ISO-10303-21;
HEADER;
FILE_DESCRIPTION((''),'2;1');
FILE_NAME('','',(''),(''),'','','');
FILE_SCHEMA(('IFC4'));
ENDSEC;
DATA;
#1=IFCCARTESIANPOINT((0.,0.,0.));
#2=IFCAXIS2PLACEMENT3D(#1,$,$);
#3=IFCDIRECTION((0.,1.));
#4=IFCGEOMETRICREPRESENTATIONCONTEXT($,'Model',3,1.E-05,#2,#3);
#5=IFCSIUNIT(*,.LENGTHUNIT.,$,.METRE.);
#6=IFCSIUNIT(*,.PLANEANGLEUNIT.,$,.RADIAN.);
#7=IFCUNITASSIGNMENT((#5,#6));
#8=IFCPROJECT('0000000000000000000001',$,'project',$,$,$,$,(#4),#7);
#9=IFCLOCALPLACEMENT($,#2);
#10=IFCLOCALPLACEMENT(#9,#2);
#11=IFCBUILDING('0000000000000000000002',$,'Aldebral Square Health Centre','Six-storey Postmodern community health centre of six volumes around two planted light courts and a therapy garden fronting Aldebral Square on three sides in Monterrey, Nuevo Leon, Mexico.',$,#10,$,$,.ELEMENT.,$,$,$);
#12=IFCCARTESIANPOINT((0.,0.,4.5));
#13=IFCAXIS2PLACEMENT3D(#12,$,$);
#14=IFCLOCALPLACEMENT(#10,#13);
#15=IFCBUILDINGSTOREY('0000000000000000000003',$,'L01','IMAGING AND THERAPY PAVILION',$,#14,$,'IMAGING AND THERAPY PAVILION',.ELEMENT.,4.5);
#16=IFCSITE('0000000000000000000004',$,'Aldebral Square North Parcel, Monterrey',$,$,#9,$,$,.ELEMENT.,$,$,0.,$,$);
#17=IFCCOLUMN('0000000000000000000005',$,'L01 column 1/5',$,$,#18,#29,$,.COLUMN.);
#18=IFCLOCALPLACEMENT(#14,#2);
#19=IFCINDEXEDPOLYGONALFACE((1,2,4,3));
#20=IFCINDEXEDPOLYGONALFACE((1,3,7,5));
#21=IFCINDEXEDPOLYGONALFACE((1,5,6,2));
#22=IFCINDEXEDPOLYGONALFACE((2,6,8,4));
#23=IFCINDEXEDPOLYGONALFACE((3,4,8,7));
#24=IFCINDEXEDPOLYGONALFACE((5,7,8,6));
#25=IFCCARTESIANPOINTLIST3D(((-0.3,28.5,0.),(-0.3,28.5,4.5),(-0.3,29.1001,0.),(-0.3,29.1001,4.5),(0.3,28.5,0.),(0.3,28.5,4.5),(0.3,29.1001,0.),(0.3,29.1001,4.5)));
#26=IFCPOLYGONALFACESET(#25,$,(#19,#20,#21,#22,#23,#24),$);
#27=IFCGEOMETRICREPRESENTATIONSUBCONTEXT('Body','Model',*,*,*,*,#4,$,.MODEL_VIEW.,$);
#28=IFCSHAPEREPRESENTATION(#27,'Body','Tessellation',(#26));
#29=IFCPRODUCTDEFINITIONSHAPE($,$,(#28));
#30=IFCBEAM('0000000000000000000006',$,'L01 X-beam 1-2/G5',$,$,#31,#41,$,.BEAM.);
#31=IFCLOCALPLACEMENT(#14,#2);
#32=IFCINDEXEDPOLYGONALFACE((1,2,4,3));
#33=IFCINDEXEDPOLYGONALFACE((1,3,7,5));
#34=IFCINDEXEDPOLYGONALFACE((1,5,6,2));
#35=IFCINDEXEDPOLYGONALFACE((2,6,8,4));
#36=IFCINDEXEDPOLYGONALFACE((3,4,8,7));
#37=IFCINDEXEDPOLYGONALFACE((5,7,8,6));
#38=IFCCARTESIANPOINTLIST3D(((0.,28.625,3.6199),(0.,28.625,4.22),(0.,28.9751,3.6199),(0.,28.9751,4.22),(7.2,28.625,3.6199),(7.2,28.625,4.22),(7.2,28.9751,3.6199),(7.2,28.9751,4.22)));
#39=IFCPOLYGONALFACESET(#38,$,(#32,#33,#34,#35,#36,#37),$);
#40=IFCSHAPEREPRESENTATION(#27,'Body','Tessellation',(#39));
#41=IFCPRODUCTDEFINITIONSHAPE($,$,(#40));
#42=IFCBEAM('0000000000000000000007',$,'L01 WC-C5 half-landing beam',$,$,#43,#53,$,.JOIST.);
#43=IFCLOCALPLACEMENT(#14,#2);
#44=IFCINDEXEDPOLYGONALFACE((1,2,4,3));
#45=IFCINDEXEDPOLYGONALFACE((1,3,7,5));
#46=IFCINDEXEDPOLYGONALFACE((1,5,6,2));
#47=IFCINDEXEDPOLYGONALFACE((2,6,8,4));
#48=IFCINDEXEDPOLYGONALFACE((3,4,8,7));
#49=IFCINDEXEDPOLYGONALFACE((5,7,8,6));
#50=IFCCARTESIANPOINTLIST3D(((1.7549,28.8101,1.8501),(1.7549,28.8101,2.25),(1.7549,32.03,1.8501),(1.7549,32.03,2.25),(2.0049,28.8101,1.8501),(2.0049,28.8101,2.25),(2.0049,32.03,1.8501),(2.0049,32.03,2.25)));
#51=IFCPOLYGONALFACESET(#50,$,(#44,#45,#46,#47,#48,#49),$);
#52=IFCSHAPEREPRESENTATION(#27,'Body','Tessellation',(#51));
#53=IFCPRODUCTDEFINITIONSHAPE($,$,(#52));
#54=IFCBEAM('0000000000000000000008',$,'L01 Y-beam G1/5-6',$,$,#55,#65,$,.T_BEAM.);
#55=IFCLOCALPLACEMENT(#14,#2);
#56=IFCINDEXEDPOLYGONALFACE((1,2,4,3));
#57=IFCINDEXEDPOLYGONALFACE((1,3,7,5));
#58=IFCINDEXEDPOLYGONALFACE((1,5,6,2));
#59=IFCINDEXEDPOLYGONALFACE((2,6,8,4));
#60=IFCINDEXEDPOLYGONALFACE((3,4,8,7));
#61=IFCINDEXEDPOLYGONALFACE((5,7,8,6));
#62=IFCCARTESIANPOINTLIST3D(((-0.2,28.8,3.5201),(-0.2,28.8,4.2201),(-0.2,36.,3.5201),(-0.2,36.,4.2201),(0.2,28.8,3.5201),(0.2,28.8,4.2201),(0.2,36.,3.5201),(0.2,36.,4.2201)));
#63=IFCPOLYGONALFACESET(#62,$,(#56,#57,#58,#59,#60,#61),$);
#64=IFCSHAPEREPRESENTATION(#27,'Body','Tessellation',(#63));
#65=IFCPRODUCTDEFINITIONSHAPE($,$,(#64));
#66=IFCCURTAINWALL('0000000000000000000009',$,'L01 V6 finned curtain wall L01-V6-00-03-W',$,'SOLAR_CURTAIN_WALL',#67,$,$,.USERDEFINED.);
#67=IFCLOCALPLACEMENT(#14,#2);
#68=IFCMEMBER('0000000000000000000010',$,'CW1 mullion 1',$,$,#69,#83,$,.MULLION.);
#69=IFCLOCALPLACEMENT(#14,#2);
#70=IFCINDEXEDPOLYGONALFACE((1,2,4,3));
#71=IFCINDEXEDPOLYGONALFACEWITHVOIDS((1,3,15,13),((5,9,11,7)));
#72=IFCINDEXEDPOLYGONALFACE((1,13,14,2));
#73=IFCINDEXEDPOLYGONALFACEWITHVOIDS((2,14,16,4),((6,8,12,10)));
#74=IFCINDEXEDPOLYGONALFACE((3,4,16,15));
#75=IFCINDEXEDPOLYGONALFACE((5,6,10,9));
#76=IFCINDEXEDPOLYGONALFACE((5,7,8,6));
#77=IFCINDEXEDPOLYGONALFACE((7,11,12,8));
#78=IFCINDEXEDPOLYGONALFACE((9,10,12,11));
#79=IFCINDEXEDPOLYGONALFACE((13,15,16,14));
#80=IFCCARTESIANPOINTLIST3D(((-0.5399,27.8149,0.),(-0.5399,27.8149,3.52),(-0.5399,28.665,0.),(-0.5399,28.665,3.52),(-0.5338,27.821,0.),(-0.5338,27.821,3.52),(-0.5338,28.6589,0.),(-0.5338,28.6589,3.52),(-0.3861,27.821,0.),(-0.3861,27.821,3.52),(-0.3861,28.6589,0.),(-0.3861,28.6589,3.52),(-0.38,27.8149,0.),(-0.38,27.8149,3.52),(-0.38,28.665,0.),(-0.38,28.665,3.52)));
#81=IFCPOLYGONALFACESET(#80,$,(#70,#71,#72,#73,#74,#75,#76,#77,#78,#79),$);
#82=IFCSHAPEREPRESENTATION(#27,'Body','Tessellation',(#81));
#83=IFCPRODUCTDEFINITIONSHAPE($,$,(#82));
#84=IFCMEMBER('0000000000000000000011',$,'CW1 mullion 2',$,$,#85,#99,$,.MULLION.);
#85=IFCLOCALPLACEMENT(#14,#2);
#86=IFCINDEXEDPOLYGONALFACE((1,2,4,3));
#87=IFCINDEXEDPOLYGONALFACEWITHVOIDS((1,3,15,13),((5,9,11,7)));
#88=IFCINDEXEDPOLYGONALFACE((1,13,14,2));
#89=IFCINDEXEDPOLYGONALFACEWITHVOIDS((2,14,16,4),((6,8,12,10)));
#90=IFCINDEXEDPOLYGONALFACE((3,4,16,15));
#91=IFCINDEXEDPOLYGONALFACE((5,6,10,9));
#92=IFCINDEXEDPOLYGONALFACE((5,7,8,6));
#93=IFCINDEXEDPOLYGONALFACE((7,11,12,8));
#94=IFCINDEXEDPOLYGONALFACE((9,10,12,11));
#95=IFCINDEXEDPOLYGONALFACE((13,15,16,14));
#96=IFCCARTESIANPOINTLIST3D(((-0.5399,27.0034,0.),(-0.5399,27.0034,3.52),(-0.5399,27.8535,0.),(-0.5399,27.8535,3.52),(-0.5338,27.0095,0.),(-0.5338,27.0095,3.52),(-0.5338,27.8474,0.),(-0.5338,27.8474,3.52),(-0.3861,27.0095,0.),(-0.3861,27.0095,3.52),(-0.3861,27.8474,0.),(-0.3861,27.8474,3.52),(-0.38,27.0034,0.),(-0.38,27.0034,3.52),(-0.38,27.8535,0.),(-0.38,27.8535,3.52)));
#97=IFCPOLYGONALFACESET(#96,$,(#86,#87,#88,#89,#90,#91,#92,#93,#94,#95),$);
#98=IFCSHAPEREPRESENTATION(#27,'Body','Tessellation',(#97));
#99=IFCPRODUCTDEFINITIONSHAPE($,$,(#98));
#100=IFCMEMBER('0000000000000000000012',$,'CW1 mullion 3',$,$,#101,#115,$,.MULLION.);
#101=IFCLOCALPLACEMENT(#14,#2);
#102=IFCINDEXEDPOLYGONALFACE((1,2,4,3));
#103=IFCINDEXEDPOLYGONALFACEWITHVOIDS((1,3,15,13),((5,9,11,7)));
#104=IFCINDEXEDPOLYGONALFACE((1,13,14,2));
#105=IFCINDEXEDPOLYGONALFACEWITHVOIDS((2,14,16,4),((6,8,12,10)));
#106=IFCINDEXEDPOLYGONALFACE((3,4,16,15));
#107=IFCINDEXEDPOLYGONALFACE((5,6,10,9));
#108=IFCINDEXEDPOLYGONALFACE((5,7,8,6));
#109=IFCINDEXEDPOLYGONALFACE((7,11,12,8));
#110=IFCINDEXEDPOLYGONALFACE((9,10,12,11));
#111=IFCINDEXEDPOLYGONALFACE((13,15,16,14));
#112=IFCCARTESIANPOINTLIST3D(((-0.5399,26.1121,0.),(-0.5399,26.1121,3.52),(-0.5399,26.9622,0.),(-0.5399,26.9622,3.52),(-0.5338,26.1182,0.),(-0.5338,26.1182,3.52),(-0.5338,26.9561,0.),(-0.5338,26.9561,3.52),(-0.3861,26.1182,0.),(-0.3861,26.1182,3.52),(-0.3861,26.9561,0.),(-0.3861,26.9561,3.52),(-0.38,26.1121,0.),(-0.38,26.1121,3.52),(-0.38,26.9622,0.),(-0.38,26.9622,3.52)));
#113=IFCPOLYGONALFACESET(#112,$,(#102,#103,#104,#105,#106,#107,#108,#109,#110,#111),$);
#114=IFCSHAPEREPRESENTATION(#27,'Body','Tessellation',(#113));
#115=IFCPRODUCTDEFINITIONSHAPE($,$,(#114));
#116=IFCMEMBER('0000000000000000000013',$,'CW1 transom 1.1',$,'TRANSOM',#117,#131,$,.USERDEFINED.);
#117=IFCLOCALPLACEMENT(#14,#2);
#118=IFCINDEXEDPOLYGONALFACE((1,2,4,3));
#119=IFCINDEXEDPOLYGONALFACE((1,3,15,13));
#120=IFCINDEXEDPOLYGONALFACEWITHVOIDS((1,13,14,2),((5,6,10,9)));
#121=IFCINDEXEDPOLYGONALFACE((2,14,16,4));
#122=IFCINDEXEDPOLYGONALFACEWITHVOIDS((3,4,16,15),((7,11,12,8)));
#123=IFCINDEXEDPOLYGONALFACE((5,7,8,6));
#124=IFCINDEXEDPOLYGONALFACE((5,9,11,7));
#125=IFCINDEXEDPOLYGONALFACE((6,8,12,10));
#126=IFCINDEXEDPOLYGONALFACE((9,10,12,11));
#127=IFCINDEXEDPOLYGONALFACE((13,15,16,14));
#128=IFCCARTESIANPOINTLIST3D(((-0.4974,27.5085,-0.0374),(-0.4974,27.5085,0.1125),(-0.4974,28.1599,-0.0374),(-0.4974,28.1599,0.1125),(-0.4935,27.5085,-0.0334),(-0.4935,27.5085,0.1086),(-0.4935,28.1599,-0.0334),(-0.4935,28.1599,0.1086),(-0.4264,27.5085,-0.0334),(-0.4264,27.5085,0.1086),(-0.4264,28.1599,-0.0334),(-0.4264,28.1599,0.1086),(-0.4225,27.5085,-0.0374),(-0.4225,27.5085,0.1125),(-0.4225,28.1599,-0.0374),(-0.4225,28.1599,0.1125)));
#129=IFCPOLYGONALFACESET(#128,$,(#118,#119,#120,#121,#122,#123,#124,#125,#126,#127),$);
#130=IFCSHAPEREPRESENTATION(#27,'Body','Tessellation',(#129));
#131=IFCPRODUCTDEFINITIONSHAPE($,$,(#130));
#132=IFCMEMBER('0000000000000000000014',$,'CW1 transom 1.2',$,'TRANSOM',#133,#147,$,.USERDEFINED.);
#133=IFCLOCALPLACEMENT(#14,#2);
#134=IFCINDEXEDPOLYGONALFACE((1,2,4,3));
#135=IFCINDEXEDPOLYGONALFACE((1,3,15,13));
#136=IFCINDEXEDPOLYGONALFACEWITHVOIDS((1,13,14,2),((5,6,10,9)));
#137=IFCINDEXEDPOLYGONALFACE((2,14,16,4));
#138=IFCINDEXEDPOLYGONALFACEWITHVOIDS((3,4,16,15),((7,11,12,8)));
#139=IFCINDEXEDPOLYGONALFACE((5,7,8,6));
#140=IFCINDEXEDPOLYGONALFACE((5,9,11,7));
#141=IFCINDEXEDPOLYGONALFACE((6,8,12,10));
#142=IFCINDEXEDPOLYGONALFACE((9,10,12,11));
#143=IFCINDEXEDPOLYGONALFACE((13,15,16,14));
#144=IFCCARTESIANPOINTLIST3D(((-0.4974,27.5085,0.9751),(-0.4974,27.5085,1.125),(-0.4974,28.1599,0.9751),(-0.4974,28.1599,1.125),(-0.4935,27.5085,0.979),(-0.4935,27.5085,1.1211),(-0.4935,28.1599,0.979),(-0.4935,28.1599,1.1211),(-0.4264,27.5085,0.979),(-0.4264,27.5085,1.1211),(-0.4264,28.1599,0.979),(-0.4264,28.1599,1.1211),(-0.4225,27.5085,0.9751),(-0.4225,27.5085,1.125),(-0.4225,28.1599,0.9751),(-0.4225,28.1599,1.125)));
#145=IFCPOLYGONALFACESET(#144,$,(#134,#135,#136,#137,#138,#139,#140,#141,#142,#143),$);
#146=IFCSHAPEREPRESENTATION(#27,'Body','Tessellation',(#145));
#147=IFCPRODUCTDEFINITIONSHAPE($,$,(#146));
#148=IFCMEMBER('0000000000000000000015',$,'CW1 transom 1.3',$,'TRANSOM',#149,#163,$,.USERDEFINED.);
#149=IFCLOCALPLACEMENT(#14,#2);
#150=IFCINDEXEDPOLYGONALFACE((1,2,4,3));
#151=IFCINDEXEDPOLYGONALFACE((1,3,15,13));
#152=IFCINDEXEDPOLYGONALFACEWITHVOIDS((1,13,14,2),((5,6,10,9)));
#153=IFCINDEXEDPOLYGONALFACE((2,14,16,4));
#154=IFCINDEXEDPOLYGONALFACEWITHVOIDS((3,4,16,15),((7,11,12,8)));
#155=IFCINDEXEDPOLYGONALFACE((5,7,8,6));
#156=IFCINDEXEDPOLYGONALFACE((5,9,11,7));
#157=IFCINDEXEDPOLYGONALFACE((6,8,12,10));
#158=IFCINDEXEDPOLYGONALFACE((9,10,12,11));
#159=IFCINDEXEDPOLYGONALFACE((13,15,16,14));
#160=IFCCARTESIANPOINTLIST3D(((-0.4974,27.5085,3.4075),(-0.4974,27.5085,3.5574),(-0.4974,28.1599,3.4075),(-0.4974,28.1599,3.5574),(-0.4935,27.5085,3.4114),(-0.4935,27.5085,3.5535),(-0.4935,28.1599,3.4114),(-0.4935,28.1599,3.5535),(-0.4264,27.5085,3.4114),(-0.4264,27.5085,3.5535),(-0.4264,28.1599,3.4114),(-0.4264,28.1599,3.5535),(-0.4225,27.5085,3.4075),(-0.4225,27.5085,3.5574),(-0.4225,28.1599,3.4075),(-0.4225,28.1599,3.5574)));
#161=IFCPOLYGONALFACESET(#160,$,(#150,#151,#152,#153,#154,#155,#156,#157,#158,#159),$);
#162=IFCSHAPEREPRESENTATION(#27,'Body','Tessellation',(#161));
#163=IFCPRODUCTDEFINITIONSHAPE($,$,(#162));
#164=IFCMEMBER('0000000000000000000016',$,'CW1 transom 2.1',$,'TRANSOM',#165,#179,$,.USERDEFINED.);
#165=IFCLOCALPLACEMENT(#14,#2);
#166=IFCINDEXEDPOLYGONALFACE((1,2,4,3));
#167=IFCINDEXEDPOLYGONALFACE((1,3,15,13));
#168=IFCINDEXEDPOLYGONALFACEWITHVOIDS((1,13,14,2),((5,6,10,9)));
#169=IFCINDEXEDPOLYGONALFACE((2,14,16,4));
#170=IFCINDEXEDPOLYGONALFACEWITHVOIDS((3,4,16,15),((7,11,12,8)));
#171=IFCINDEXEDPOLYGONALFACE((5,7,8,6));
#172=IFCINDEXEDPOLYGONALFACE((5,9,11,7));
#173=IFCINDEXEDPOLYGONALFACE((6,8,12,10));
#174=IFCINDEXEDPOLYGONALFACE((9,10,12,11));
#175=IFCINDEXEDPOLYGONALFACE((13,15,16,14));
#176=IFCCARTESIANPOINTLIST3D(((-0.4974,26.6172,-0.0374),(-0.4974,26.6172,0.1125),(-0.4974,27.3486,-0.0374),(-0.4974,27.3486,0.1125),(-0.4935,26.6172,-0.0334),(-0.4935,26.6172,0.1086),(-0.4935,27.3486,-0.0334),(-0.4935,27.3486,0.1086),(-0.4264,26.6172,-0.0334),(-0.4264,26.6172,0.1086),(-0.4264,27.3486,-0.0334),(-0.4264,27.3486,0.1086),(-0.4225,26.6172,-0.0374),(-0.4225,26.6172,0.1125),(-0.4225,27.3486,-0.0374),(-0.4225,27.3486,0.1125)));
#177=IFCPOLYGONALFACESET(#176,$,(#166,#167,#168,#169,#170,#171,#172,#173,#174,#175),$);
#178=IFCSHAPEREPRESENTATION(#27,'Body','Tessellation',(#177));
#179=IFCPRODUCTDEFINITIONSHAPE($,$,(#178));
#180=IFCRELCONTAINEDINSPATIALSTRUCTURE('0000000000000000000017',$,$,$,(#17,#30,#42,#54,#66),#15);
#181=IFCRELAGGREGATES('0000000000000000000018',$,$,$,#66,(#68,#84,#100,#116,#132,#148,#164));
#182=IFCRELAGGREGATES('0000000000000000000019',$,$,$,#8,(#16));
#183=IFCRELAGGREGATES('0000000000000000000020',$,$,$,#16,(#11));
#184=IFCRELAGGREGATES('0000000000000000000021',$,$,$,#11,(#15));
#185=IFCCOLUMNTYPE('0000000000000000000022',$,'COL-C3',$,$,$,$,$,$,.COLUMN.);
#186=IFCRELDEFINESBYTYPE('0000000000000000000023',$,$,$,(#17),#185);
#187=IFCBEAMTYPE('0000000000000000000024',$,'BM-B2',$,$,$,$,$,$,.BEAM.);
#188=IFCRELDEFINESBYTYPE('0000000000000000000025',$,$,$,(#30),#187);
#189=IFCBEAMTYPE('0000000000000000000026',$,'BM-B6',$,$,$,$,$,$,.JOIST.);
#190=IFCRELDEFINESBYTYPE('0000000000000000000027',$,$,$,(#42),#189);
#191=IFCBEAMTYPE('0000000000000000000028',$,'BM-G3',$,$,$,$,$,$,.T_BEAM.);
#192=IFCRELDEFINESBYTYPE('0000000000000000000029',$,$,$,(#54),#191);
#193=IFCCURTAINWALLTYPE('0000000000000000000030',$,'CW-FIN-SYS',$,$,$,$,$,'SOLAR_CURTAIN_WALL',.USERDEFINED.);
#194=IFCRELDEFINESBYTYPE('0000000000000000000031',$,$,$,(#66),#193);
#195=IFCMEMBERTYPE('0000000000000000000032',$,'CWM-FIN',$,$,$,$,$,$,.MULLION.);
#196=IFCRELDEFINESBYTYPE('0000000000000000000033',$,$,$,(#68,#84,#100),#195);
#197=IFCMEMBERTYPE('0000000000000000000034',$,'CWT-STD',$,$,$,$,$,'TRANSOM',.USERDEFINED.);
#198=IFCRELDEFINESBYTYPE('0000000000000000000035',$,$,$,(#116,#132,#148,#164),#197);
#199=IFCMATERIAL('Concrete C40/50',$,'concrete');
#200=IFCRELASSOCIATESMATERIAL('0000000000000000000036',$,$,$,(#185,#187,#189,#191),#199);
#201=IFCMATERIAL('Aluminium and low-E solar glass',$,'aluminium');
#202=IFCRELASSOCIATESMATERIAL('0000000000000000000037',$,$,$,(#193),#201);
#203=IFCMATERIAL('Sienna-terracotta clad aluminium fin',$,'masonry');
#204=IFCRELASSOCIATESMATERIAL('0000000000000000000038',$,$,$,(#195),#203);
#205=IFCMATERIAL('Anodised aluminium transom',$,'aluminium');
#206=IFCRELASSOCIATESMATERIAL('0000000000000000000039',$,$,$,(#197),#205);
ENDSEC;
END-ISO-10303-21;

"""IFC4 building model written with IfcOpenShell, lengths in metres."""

from ifc_helpers import new_model, si_unit, direction, frame, origin, origin_2d, place, context, subcontext, project, spatial, rectangle, hollow_rectangle, extrude, material, material_profile, profile_set, type_object, element, aggregate, save


model = new_model("IFC4")

# Units and contexts
model_context = context("Model", 3, precision=1e-05, world=origin(), true_north=direction((0.0, 1.0)))
body_context = subcontext(model_context, "Body", "Model", "MODEL_VIEW")
ifc_project = project(units=[si_unit("LENGTHUNIT", "METRE"), si_unit("PLANEANGLEUNIT", "RADIAN")], contexts=[model_context])

# Site, building, storey
site_placement = place(None, origin())
site = spatial("IfcSite", under=ifc_project, at=site_placement, Name="Aldebral Square North Parcel, Monterrey", CompositionType="ELEMENT", RefElevation=0.0)
building_placement = place(site_placement, origin())
building = spatial("IfcBuilding", under=site, at=building_placement, Name="Aldebral Square Health Centre", Description="Six-storey Postmodern community health centre of six volumes around two planted light courts and a therapy garden fronting Aldebral Square on three sides in Monterrey, Nuevo Leon, Mexico.", CompositionType="ELEMENT")
storey_placement = place(building_placement, frame((0.0, 0.0, 4.5)))
storey = spatial("IfcBuildingStorey", under=building, at=storey_placement, Name="L01", Description="IMAGING AND THERAPY PAVILION", LongName="IMAGING AND THERAPY PAVILION", CompositionType="ELEMENT", Elevation=4.5)

# Column
ifc_material_1 = material(Name="Concrete C40/50", Category="concrete")
ifc_material_profile_1 = material_profile(ifc_material_1, rectangle(XDim=0.6001, YDim=0.6001, at=origin_2d()), Name="RC 600x600")
ifc_profile_set_1 = profile_set([ifc_material_profile_1], Name="Concrete C40/50")
column_type = type_object("IfcColumnType", Name="COL-C3", PredefinedType="COLUMN", material=ifc_profile_set_1)
column_placement = place(storey_placement, frame((0.0, 28.8, 0.0), z_axis=(0.0, 0.0, 1.0), x_axis=(1.0, 0.0, 0.0)))
element("IfcColumn", 1, at=column_placement, inside=storey, type_object=column_type, Name="L01 column 1/5", PredefinedType="COLUMN", context=body_context, shape_type="SweptSolid", body=[
    extrude(rectangle(XDim=0.6001, YDim=0.6001, at=origin_2d()), origin(), (0.0, 0.0, 1.0), 4.5),
])

# Beams
ifc_material_profile_2 = material_profile(ifc_material_1, rectangle(XDim=0.3501, YDim=0.6001, at=origin_2d()), Name="RC 350x600")
ifc_profile_set_2 = profile_set([ifc_material_profile_2], Name="Concrete C40/50")
beam_type_1 = type_object("IfcBeamType", Name="BM-B2", PredefinedType="BEAM", material=ifc_profile_set_2)
beam_1_placement = place(storey_placement, frame((0.0, 28.8, 3.9199), z_axis=(1.0, 0.0, 0.0), x_axis=(0.0, 1.0, 0.0)))
element("IfcBeam", 2, at=beam_1_placement, inside=storey, type_object=beam_type_1, Name="L01 X-beam 1-2/G5", PredefinedType="BEAM", context=body_context, shape_type="SweptSolid", body=[
    extrude(rectangle(XDim=0.3501, YDim=0.6001, at=origin_2d()), origin(), (0.0, 0.0, 1.0), 7.2),
])
ifc_material_profile_3 = material_profile(ifc_material_1, rectangle(XDim=0.25, YDim=0.3999, at=origin_2d()), Name="RC 250x400")
ifc_profile_set_3 = profile_set([ifc_material_profile_3], Name="Concrete C40/50")
beam_type_2 = type_object("IfcBeamType", Name="BM-B6", PredefinedType="JOIST", material=ifc_profile_set_3)
beam_2_placement = place(storey_placement, frame((1.8799, 28.8101, 2.05), z_axis=(0.0, 1.0, 0.0), x_axis=(-1.0, 0.0, 0.0)))
element("IfcBeam", 3, at=beam_2_placement, inside=storey, type_object=beam_type_2, Name="L01 WC-C5 half-landing beam", PredefinedType="JOIST", context=body_context, shape_type="SweptSolid", body=[
    extrude(rectangle(XDim=0.25, YDim=0.3999, at=origin_2d()), origin(), (0.0, 0.0, 1.0), 3.22),
])
ifc_material_profile_4 = material_profile(ifc_material_1, rectangle(XDim=0.3999, YDim=0.7, at=origin_2d()), Name="RC 400x700")
ifc_profile_set_4 = profile_set([ifc_material_profile_4], Name="Concrete C40/50")
beam_type_3 = type_object("IfcBeamType", Name="BM-G3", PredefinedType="T_BEAM", material=ifc_profile_set_4)
beam_3_placement = place(storey_placement, frame((0.0, 28.8, 3.8701), z_axis=(0.0, 1.0, 0.0), x_axis=(-1.0, 0.0, 0.0)))
element("IfcBeam", 4, at=beam_3_placement, inside=storey, type_object=beam_type_3, Name="L01 Y-beam G1/5-6", PredefinedType="T_BEAM", context=body_context, shape_type="SweptSolid", body=[
    extrude(rectangle(XDim=0.3999, YDim=0.7, at=origin_2d()), origin(), (0.0, 0.0, 1.0), 7.2),
])

# Curtain wall, members
ifc_material_2 = material(Name="Aluminium and low-E solar glass", Category="aluminium")
curtain_wall_type = type_object("IfcCurtainWallType", Name="CW-FIN-SYS", ElementType="SOLAR_CURTAIN_WALL", PredefinedType="USERDEFINED", material=ifc_material_2)
curtain_wall_placement = place(storey_placement, origin())
curtain_wall = element("IfcCurtainWall", 5, at=curtain_wall_placement, inside=storey, type_object=curtain_wall_type, Name="L01 V6 finned curtain wall L01-V6-00-03-W", ObjectType="SOLAR_CURTAIN_WALL", PredefinedType="USERDEFINED")
ifc_material_3 = material(Name="Sienna-terracotta clad aluminium fin", Category="masonry")
ifc_material_profile_5 = material_profile(ifc_material_3, hollow_rectangle(XDim=0.1599, YDim=0.8501, WallThickness=0.0061, at=origin_2d()), Name="FIN 160x850x6")
ifc_profile_set_5 = profile_set([ifc_material_profile_5], Name="Sienna-terracotta clad aluminium fin")
member_type_1 = type_object("IfcMemberType", Name="CWM-FIN", PredefinedType="MULLION", material=ifc_profile_set_5)
member_1_placement = place(storey_placement, frame((-0.46, 28.24, 0.0), z_axis=(0.0, 0.0, 1.0), x_axis=(1.0, 0.0, 0.0)))
member_1 = element("IfcMember", 6, at=member_1_placement, type_object=member_type_1, Name="CW1 mullion 1", PredefinedType="MULLION", context=body_context, shape_type="SweptSolid", body=[
    extrude(hollow_rectangle(XDim=0.1599, YDim=0.8501, WallThickness=0.0061, at=origin_2d()), origin(), (0.0, 0.0, 1.0), 3.52),
])
member_2_placement = place(storey_placement, frame((-0.46, 27.4285, 0.0), z_axis=(0.0, 0.0, 1.0), x_axis=(1.0, 0.0, 0.0)))
member_2 = element("IfcMember", 7, at=member_2_placement, type_object=member_type_1, Name="CW1 mullion 2", PredefinedType="MULLION", context=body_context, shape_type="SweptSolid", body=[
    extrude(hollow_rectangle(XDim=0.1599, YDim=0.8501, WallThickness=0.0061, at=origin_2d()), origin(), (0.0, 0.0, 1.0), 3.52),
])
member_3_placement = place(storey_placement, frame((-0.46, 26.5371, 0.0), z_axis=(0.0, 0.0, 1.0), x_axis=(1.0, 0.0, 0.0)))
member_3 = element("IfcMember", 8, at=member_3_placement, type_object=member_type_1, Name="CW1 mullion 3", PredefinedType="MULLION", context=body_context, shape_type="SweptSolid", body=[
    extrude(hollow_rectangle(XDim=0.1599, YDim=0.8501, WallThickness=0.0061, at=origin_2d()), origin(), (0.0, 0.0, 1.0), 3.52),
])
ifc_material_4 = material(Name="Anodised aluminium transom", Category="aluminium")
ifc_material_profile_6 = material_profile(ifc_material_4, hollow_rectangle(XDim=0.075, YDim=0.1499, WallThickness=0.0039, at=origin_2d()), Name="CWT 75x150x4")
ifc_profile_set_6 = profile_set([ifc_material_profile_6], Name="Anodised aluminium transom")
member_type_2 = type_object("IfcMemberType", Name="CWT-STD", ElementType="TRANSOM", PredefinedType="USERDEFINED", material=ifc_profile_set_6)
member_4_placement = place(storey_placement, frame((-0.46, 28.1599, 0.0376), z_axis=(0.0, -1.0, 0.0), x_axis=(1.0, 0.0, 0.0)))
member_4 = element("IfcMember", 9, at=member_4_placement, type_object=member_type_2, Name="CW1 transom 1.1", ObjectType="TRANSOM", PredefinedType="USERDEFINED", context=body_context, shape_type="SweptSolid", body=[
    extrude(hollow_rectangle(XDim=0.075, YDim=0.1499, WallThickness=0.0039, at=origin_2d()), origin(), (0.0, 0.0, 1.0), 0.6514),
])
member_5_placement = place(storey_placement, frame((-0.46, 28.1599, 1.05), z_axis=(0.0, -1.0, 0.0), x_axis=(1.0, 0.0, 0.0)))
member_5 = element("IfcMember", 10, at=member_5_placement, type_object=member_type_2, Name="CW1 transom 1.2", ObjectType="TRANSOM", PredefinedType="USERDEFINED", context=body_context, shape_type="SweptSolid", body=[
    extrude(hollow_rectangle(XDim=0.075, YDim=0.1499, WallThickness=0.0039, at=origin_2d()), origin(), (0.0, 0.0, 1.0), 0.6514),
])
member_6_placement = place(storey_placement, frame((-0.46, 28.1599, 3.4824), z_axis=(0.0, -1.0, 0.0), x_axis=(1.0, 0.0, 0.0)))
member_6 = element("IfcMember", 11, at=member_6_placement, type_object=member_type_2, Name="CW1 transom 1.3", ObjectType="TRANSOM", PredefinedType="USERDEFINED", context=body_context, shape_type="SweptSolid", body=[
    extrude(hollow_rectangle(XDim=0.075, YDim=0.1499, WallThickness=0.0039, at=origin_2d()), origin(), (0.0, 0.0, 1.0), 0.6514),
])
member_7_placement = place(storey_placement, frame((-0.46, 27.3486, 0.0376), z_axis=(0.0, -1.0, 0.0), x_axis=(1.0, 0.0, 0.0)))
member_7 = element("IfcMember", 12, at=member_7_placement, type_object=member_type_2, Name="CW1 transom 2.1", ObjectType="TRANSOM", PredefinedType="USERDEFINED", context=body_context, shape_type="SweptSolid", body=[
    extrude(hollow_rectangle(XDim=0.075, YDim=0.1499, WallThickness=0.0039, at=origin_2d()), origin(), (0.0, 0.0, 1.0), 0.7314),
])
aggregate(curtain_wall, [member_1, member_2, member_3, member_4, member_5, member_6, member_7])

save(model, "model.ifc")
